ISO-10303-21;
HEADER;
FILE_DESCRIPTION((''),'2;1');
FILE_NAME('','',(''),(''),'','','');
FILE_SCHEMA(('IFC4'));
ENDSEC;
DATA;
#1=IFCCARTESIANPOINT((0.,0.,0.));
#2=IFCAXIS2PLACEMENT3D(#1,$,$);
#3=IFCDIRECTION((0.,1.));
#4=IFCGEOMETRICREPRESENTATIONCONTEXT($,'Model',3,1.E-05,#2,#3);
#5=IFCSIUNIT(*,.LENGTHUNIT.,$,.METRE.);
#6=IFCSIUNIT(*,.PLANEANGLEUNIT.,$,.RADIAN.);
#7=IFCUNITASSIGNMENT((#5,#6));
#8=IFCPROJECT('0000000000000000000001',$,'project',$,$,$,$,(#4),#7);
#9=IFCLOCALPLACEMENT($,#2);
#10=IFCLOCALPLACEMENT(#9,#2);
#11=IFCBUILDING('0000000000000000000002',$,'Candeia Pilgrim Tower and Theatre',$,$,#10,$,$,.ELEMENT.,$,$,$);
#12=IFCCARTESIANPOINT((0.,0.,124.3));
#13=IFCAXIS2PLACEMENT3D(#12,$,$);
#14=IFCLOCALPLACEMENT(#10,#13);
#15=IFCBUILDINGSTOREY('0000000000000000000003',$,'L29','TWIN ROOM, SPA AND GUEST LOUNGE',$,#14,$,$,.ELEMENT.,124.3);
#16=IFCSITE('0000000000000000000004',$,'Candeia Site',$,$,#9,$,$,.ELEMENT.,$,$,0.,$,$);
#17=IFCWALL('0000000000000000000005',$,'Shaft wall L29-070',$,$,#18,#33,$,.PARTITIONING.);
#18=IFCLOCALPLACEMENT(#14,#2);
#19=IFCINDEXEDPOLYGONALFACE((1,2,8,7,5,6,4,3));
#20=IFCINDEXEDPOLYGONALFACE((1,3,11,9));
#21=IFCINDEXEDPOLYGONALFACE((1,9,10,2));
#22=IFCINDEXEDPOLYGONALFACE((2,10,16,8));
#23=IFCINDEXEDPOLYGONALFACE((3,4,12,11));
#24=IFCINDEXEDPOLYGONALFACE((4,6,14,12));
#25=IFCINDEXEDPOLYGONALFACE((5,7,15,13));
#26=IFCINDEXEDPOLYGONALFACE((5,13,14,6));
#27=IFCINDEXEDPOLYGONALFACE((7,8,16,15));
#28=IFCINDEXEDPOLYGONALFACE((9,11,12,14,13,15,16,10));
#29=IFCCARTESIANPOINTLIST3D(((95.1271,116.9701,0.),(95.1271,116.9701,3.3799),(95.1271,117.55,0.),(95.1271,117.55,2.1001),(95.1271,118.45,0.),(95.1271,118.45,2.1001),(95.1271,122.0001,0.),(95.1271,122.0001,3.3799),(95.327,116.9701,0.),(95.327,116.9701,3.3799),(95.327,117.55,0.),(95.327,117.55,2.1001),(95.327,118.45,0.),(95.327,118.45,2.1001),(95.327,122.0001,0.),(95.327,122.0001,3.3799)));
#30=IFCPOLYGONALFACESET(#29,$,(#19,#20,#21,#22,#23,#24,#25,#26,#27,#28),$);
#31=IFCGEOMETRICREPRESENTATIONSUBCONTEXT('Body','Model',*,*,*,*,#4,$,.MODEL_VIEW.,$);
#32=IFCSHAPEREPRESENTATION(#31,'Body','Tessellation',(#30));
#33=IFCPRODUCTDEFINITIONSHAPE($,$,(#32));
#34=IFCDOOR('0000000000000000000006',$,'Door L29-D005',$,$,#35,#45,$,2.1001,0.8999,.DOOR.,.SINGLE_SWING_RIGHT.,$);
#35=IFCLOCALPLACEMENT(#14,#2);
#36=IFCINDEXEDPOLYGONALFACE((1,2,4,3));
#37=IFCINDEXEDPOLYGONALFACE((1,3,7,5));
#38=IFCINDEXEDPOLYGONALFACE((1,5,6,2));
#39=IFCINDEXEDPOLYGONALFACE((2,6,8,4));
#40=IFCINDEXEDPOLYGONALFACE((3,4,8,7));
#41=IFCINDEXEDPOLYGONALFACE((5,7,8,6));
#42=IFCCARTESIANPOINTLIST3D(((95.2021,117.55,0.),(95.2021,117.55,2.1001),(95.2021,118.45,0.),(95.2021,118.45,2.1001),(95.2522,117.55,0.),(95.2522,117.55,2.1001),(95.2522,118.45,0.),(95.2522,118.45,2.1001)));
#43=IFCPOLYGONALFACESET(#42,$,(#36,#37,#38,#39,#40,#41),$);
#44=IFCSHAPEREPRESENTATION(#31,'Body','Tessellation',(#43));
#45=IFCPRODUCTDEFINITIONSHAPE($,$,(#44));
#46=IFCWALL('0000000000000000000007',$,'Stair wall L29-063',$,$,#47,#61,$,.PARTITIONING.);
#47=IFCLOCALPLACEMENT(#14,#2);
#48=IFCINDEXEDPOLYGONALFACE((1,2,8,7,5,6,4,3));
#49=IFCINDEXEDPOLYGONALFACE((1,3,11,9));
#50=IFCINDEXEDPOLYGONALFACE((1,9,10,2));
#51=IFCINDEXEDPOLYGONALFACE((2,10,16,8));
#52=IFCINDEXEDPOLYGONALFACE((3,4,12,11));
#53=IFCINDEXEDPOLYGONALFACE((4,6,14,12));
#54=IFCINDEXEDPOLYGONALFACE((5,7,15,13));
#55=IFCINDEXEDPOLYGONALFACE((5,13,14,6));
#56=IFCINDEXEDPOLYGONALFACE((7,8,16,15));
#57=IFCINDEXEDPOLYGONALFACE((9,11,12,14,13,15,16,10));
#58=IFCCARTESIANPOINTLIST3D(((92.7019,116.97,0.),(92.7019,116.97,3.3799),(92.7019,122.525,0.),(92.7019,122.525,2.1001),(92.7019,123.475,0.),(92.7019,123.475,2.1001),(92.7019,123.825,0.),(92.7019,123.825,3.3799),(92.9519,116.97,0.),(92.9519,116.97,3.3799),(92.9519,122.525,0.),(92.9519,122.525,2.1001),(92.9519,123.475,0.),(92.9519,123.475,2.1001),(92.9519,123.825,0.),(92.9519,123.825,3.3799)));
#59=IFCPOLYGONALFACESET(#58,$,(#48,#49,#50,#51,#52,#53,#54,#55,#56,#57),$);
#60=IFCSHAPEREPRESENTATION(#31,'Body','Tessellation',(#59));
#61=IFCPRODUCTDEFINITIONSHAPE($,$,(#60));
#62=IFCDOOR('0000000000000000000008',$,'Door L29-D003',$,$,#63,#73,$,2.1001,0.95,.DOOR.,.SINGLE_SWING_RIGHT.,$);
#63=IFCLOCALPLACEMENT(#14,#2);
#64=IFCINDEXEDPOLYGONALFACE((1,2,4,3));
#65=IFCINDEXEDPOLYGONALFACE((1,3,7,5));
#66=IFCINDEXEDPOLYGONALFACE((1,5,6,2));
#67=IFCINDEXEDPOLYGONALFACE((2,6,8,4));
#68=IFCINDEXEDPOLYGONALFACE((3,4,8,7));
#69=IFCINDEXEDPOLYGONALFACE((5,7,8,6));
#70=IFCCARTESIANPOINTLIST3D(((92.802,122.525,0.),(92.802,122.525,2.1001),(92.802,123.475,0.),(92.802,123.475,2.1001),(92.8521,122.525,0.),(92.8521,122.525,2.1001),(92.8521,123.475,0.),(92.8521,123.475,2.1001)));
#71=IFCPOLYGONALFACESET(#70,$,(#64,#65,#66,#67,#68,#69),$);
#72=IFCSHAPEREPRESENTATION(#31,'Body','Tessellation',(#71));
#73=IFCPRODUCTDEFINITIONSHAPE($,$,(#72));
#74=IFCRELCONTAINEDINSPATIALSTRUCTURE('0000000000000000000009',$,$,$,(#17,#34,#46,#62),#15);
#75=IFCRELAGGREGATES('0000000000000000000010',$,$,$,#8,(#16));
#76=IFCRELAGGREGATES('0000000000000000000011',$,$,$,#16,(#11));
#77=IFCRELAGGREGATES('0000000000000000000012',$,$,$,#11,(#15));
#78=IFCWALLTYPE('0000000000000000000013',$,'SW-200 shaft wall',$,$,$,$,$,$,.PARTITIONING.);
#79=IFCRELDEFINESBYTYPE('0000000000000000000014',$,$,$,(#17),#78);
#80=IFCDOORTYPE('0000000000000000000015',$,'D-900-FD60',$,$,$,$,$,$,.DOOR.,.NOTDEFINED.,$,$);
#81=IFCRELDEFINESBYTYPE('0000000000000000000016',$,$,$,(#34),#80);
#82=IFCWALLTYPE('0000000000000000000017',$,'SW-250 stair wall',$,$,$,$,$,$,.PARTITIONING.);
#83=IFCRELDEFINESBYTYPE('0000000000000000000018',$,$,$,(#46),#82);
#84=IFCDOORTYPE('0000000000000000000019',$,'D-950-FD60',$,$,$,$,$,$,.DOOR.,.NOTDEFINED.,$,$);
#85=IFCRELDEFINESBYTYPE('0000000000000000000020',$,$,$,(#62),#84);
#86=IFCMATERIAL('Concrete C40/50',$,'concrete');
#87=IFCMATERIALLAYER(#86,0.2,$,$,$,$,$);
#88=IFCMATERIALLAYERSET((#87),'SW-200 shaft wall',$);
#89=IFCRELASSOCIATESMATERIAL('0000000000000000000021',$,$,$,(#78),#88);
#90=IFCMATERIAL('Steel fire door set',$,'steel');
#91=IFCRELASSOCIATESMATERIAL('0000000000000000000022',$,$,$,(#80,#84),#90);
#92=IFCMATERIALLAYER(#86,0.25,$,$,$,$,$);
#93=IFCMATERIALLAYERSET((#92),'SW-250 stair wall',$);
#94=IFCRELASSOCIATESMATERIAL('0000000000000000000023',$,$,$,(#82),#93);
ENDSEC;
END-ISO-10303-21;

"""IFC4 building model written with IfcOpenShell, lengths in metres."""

from ifc_helpers import new_model, si_unit, direction, frame, frame_2d, origin, place, context, subcontext, project, spatial, rectangle, extrude, material, layer, layer_set, type_object, element, fill, save


model = new_model("IFC4")

# Units and contexts
model_context = context("Model", 3, precision=1e-05, world=origin(), true_north=direction((0.0, 1.0)))
body_context = subcontext(model_context, "Body", "Model", "MODEL_VIEW")
ifc_project = project(units=[si_unit("LENGTHUNIT", "METRE"), si_unit("PLANEANGLEUNIT", "RADIAN")], contexts=[model_context])

# Site, building, storey
site_placement = place(None, origin())
site = spatial("IfcSite", under=ifc_project, at=site_placement, Name="Candeia Site", CompositionType="ELEMENT", RefElevation=0.0)
building_placement = place(site_placement, origin())
building = spatial("IfcBuilding", under=site, at=building_placement, Name="Candeia Pilgrim Tower and Theatre", CompositionType="ELEMENT")
storey_placement = place(building_placement, frame((0.0, 0.0, 124.3)))
storey = spatial("IfcBuildingStorey", under=building, at=storey_placement, Name="L29", Description="TWIN ROOM, SPA AND GUEST LOUNGE", CompositionType="ELEMENT", Elevation=124.3)

# Shared definitions
ifc_material_1 = material(Name="Concrete C40/50", Category="concrete")
ifc_layer_1 = layer(ifc_material_1, 0.2)
ifc_layer_set_1 = layer_set([ifc_layer_1], Name="SW-200 shaft wall")
wall_type_1 = type_object("IfcWallType", Name="SW-200 shaft wall", PredefinedType="PARTITIONING", material=ifc_layer_set_1)

# Walls, openings, doors
ifc_material_2 = material(Name="Steel fire door set", Category="steel")
door_type_1 = type_object("IfcDoorType", Name="D-900-FD60", OperationType="NOTDEFINED", PredefinedType="DOOR", material=ifc_material_2)
wall_1_placement = place(storey_placement, frame((95.2271, 116.97, 0.0), z_axis=(0.0, 0.0, 1.0), x_axis=(0.0, 1.0, 0.0)))
wall_1 = element("IfcWall", 1, at=wall_1_placement, inside=storey, type_object=wall_type_1, Name="Shaft wall L29-070", PredefinedType="PARTITIONING", context=body_context, shape_type="SweptSolid", body=[
    extrude(rectangle(XDim=5.03, YDim=0.2, at=frame_2d((2.5151, 0.0))), origin(), (0.0, 0.0, 1.0), 3.3799),
])
opening_1_placement = place(wall_1_placement, frame((0.5801, 0.0, 0.0)))
opening_1 = element("IfcOpeningElement", 2, at=opening_1_placement, cuts=wall_1, PredefinedType="OPENING", context=body_context, shape_type="SweptSolid", body=[
    extrude(rectangle(XDim=0.8999, YDim=2.1001, at=frame_2d((0.45, 1.05))), frame((0.0, 0.1099, 0.0), z_axis=(0.0, -1.0, 0.0), x_axis=(1.0, 0.0, 0.0)), (0.0, 0.0, 1.0), 0.22),
])
door_1_placement = place(opening_1_placement, origin())
door_1 = element("IfcDoor", 3, at=door_1_placement, inside=storey, type_object=door_type_1, Name="Door L29-D005", OperationType="SINGLE_SWING_RIGHT", OverallHeight=2.1001, OverallWidth=0.8999, PredefinedType="DOOR", context=body_context, shape_type="SweptSolid", body=[
    extrude(rectangle(XDim=0.8999, YDim=2.1001, at=frame_2d((0.45, 1.05))), frame((0.0, 0.0249, 0.0), z_axis=(0.0, -1.0, 0.0), x_axis=(1.0, 0.0, 0.0)), (0.0, 0.0, 1.0), 0.05),
])
fill(opening_1, door_1)
ifc_layer_2 = layer(ifc_material_1, 0.25)
ifc_layer_set_2 = layer_set([ifc_layer_2], Name="SW-250 stair wall")
wall_type_2 = type_object("IfcWallType", Name="SW-250 stair wall", PredefinedType="PARTITIONING", material=ifc_layer_set_2)
wall_2_placement = place(storey_placement, frame((92.8269, 116.97, 0.0), z_axis=(0.0, 0.0, 1.0), x_axis=(0.0, 1.0, 0.0)))
wall_2 = element("IfcWall", 4, at=wall_2_placement, inside=storey, type_object=wall_type_2, Name="Stair wall L29-063", PredefinedType="PARTITIONING", context=body_context, shape_type="SweptSolid", body=[
    extrude(rectangle(XDim=6.855, YDim=0.25, at=frame_2d((3.4275, 0.0))), origin(), (0.0, 0.0, 1.0), 3.3799),
])
opening_2_placement = place(wall_2_placement, frame((5.5549, 0.0, 0.0)))
opening_2 = element("IfcOpeningElement", 5, at=opening_2_placement, cuts=wall_2, PredefinedType="OPENING", context=body_context, shape_type="SweptSolid", body=[
    extrude(rectangle(XDim=0.95, YDim=2.1001, at=frame_2d((0.4751, 1.05))), frame((0.0, 0.135, 0.0), z_axis=(0.0, -1.0, 0.0), x_axis=(1.0, 0.0, 0.0)), (0.0, 0.0, 1.0), 0.27),
])
door_type_2 = type_object("IfcDoorType", Name="D-950-FD60", OperationType="NOTDEFINED", PredefinedType="DOOR", material=ifc_material_2)
door_2_placement = place(opening_2_placement, origin())
door_2 = element("IfcDoor", 6, at=door_2_placement, inside=storey, type_object=door_type_2, Name="Door L29-D003", OperationType="SINGLE_SWING_RIGHT", OverallHeight=2.1001, OverallWidth=0.95, PredefinedType="DOOR", context=body_context, shape_type="SweptSolid", body=[
    extrude(rectangle(XDim=0.95, YDim=2.1001, at=frame_2d((0.4751, 1.05))), frame((0.0, 0.0249, 0.0), z_axis=(0.0, -1.0, 0.0), x_axis=(1.0, 0.0, 0.0)), (0.0, 0.0, 1.0), 0.05),
])
fill(opening_2, door_2)

save(model, "model.ifc")
